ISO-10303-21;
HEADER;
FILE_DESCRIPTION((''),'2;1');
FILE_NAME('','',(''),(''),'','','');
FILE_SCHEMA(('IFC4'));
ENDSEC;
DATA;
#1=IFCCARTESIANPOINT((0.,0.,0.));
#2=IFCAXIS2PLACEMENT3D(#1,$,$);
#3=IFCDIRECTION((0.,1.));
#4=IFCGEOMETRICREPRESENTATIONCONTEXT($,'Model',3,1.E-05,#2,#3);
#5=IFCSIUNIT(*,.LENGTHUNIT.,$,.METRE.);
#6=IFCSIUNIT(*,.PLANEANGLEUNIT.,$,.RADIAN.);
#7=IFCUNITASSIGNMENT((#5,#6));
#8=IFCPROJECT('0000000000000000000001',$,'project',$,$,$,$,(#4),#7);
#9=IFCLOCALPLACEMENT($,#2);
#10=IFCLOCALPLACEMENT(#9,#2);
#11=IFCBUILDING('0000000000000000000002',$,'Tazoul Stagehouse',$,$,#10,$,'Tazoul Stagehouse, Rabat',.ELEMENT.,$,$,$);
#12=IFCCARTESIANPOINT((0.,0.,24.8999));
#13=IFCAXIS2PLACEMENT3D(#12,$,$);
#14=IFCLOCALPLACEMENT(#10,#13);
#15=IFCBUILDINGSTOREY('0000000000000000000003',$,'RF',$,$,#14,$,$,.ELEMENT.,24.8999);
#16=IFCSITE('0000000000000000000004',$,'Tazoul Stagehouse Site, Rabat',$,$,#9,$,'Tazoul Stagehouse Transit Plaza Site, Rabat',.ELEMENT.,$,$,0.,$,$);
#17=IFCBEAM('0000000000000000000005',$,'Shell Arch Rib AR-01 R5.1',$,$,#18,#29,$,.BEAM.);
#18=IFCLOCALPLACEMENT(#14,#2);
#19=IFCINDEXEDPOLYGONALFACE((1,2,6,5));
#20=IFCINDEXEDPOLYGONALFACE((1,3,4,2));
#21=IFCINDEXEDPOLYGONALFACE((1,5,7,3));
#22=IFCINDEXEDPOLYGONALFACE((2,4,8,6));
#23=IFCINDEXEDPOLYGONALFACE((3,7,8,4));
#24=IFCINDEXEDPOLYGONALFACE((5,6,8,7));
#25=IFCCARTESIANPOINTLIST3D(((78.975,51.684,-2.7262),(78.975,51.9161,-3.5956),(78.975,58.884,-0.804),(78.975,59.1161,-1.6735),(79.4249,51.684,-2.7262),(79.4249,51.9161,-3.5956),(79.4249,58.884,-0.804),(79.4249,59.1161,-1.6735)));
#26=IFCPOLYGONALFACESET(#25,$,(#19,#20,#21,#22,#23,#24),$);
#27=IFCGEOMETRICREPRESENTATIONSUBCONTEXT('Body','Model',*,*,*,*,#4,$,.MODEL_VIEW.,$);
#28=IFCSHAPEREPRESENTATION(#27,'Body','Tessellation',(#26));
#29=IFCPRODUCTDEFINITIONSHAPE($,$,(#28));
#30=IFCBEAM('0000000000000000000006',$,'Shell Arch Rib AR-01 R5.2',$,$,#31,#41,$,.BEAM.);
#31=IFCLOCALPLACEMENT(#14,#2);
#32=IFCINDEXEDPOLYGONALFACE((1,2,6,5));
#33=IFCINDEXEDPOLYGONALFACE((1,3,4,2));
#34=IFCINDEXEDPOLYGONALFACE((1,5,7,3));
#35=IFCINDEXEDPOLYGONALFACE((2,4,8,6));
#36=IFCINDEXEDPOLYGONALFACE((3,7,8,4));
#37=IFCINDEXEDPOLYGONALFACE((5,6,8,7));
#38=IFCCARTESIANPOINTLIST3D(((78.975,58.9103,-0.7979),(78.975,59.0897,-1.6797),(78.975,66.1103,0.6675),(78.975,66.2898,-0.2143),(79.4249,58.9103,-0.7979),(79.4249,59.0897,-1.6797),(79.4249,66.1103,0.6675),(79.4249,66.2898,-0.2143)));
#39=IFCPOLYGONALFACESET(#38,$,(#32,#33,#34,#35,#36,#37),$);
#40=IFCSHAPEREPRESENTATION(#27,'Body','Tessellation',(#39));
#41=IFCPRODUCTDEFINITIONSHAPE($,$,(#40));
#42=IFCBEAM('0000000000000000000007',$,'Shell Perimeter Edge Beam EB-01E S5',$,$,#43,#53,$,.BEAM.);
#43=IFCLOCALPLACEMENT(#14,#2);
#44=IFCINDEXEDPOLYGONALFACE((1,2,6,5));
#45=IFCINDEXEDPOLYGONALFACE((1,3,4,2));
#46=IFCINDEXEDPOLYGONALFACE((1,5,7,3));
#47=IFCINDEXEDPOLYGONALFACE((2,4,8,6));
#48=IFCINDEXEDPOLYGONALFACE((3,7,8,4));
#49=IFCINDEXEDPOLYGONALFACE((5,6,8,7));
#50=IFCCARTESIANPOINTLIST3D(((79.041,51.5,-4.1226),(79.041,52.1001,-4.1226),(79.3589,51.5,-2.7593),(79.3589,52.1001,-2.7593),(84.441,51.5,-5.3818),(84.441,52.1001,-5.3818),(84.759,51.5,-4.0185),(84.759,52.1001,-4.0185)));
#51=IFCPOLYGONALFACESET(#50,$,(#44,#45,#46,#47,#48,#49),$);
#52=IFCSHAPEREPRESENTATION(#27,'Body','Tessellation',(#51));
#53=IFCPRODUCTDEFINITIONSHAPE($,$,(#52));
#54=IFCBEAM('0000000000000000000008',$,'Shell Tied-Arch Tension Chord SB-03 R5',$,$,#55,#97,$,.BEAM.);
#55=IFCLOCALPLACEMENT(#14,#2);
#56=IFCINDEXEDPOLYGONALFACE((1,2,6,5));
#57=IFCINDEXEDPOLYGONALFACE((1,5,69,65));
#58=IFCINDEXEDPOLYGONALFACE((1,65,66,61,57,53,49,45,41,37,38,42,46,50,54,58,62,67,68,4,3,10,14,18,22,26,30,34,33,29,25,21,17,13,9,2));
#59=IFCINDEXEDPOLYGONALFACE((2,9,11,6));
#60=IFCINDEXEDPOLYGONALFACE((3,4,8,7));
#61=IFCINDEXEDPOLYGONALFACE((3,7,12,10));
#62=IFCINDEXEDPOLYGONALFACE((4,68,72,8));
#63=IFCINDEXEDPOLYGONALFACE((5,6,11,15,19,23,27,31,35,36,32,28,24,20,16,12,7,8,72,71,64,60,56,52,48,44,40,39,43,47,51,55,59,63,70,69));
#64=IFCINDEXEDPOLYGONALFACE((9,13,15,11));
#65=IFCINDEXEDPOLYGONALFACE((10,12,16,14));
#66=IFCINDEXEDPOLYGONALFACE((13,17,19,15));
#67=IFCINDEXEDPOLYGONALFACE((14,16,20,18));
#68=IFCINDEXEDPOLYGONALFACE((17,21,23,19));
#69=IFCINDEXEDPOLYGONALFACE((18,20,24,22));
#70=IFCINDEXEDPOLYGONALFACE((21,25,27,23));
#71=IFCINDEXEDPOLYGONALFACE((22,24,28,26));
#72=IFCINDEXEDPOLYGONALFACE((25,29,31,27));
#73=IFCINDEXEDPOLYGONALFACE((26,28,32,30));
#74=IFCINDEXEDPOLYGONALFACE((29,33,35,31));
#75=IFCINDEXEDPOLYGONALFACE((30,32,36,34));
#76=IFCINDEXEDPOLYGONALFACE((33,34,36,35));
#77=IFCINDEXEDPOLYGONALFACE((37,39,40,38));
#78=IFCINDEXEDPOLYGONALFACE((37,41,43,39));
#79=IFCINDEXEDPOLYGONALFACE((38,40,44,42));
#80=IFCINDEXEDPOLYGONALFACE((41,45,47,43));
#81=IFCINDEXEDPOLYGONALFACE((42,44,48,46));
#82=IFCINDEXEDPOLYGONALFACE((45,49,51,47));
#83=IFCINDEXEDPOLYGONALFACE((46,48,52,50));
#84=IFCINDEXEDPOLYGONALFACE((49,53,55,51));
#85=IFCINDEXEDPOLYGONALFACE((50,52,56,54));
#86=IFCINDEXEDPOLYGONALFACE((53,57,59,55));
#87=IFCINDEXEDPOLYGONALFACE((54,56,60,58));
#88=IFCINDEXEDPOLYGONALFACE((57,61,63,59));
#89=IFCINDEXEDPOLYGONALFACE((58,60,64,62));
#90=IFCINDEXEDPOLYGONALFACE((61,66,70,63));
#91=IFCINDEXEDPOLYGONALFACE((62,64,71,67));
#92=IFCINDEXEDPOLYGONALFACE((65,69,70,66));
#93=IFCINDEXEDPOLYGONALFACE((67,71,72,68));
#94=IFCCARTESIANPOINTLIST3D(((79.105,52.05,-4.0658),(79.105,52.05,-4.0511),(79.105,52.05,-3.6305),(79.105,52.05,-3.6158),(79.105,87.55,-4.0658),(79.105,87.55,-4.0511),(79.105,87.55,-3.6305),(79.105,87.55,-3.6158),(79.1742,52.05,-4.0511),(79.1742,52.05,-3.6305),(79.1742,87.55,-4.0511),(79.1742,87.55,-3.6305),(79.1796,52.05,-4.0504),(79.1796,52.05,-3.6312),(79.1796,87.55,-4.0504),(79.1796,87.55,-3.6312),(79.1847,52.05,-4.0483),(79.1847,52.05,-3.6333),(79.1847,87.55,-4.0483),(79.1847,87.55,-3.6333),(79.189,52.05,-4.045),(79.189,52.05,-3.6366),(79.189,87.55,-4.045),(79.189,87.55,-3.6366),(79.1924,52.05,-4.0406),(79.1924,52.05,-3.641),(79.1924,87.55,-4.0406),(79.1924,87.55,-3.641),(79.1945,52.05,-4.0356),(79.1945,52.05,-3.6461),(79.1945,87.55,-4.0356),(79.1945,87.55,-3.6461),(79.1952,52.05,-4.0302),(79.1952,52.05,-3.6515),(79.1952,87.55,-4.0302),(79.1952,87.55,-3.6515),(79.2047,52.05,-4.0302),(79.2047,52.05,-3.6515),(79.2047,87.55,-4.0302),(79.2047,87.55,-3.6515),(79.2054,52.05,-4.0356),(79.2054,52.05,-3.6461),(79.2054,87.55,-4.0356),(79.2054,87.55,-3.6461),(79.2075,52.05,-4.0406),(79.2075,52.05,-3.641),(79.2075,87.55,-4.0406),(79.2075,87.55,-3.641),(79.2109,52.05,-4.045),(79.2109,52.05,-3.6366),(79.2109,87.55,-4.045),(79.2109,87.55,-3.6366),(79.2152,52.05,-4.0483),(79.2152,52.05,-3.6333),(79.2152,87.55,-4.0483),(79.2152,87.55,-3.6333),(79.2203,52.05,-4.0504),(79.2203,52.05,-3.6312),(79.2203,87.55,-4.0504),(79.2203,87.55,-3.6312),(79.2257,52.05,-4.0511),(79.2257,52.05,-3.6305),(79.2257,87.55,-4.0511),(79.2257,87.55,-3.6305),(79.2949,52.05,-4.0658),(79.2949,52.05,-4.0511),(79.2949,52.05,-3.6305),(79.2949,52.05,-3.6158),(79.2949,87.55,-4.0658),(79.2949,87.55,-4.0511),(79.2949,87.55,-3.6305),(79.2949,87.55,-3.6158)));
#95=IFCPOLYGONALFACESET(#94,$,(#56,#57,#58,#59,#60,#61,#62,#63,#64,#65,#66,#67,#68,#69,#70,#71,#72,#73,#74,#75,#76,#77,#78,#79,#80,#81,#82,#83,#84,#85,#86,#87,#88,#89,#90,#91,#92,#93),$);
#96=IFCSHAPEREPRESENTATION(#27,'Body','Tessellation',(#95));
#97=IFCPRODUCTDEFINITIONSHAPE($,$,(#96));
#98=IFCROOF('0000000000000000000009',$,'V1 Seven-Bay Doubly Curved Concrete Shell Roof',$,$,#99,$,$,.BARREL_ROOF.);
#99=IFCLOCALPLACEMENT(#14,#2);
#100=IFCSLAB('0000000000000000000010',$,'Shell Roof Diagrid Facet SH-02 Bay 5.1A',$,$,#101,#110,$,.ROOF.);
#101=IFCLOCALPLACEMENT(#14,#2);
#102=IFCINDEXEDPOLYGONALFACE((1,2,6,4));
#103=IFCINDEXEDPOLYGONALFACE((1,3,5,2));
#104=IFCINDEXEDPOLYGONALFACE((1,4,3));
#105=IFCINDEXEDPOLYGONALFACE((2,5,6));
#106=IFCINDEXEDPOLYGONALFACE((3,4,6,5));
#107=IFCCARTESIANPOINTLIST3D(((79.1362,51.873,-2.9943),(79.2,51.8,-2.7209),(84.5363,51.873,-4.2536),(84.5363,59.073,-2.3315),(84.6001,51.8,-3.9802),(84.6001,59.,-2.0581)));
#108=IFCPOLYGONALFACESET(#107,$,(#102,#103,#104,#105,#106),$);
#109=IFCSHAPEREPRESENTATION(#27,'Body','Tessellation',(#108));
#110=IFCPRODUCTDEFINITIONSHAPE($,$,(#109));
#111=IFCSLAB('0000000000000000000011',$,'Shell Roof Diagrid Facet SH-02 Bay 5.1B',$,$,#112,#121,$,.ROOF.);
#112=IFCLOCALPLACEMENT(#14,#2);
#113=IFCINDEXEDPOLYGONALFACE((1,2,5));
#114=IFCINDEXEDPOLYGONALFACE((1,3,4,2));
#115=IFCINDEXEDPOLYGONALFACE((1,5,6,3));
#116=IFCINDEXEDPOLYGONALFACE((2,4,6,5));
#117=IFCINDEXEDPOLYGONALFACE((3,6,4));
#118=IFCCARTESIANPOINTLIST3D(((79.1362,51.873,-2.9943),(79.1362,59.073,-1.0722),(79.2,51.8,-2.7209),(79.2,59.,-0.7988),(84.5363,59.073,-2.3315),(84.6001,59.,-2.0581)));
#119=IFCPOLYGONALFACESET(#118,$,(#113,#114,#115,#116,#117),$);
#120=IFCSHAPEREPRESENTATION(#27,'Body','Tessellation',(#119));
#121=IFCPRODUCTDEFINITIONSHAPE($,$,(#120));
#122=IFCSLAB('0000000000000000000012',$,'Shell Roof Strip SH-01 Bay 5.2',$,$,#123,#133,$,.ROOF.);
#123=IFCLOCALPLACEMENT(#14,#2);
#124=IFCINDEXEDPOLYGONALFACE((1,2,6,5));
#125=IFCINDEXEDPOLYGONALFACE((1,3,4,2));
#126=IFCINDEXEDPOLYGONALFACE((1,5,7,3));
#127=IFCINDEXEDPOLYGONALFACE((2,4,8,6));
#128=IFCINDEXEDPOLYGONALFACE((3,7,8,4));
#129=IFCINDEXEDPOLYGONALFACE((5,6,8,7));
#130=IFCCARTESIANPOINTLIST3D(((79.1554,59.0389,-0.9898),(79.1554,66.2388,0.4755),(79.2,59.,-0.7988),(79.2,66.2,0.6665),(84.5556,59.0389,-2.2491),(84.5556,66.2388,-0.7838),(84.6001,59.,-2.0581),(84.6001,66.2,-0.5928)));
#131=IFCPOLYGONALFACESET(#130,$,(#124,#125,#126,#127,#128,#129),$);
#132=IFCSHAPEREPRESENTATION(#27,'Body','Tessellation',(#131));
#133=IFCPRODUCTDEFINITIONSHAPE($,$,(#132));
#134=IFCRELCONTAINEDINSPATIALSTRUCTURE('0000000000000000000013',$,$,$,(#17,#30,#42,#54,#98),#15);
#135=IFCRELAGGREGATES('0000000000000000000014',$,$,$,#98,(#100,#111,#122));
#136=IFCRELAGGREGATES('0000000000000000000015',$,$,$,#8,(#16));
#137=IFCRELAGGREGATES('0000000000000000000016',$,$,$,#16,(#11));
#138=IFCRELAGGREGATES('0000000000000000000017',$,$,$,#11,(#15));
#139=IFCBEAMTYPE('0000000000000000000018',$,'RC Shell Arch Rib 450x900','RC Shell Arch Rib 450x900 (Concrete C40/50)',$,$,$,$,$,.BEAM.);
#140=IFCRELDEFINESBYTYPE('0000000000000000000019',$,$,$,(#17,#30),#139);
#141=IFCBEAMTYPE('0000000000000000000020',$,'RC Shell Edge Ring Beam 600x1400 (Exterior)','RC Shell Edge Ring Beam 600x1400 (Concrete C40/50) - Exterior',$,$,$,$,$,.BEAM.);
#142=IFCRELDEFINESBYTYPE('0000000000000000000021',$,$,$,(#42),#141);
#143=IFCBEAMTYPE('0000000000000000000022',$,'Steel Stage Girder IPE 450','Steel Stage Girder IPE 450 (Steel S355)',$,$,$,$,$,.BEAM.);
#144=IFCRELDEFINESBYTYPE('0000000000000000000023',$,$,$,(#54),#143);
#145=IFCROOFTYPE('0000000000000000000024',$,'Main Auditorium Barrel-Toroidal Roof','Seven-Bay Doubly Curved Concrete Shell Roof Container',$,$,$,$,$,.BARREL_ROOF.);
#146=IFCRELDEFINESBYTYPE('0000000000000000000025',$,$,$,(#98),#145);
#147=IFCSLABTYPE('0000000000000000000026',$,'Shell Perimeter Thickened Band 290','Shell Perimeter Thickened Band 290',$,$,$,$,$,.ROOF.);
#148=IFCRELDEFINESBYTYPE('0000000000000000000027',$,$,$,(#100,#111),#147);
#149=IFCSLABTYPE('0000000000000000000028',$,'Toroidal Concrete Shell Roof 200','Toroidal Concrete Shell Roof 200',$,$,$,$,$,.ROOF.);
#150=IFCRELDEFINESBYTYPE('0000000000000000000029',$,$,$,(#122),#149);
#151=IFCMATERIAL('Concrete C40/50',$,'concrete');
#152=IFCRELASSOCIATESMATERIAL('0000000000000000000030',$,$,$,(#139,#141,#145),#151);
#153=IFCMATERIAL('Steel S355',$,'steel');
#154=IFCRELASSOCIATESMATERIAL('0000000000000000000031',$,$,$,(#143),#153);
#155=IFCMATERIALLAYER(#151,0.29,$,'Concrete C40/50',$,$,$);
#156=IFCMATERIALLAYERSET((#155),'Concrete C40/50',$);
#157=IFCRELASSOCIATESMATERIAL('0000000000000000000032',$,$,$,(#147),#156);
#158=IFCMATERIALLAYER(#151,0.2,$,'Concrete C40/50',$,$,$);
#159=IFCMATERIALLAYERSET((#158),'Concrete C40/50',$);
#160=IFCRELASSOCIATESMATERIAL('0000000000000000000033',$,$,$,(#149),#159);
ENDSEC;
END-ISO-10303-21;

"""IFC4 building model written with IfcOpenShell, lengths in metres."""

from ifc_helpers import new_model, si_unit, direction, frame, origin, origin_2d, place, context, subcontext, project, spatial, polyline, rectangle, i_section, outline, extrude, material, layer, layer_set, material_profile, profile_set, type_object, element, aggregate, save


model = new_model("IFC4")

# Units and contexts
model_context = context("Model", 3, precision=1e-05, world=origin(), true_north=direction((0.0, 1.0)))
body_context = subcontext(model_context, "Body", "Model", "MODEL_VIEW")
ifc_project = project(units=[si_unit("LENGTHUNIT", "METRE"), si_unit("PLANEANGLEUNIT", "RADIAN")], contexts=[model_context])

# Site, building, storey
site_placement = place(None, origin())
building_placement = place(site_placement, origin())
storey_placement = place(building_placement, frame((0.0, 0.0, 24.8999)))
site = spatial("IfcSite", under=ifc_project, at=site_placement, Name="Tazoul Stagehouse Site, Rabat", LongName="Tazoul Stagehouse Transit Plaza Site, Rabat", CompositionType="ELEMENT", RefElevation=0.0)
building = spatial("IfcBuilding", under=site, at=building_placement, Name="Tazoul Stagehouse", LongName="Tazoul Stagehouse, Rabat", CompositionType="ELEMENT")
storey = spatial("IfcBuildingStorey", under=building, at=storey_placement, Name="RF", CompositionType="ELEMENT", Elevation=24.8999)

# Beams
ifc_material_1 = material(Name="Concrete C40/50", Category="concrete")
ifc_material_profile_1 = material_profile(ifc_material_1, rectangle(XDim=0.45, YDim=0.8999, at=origin_2d()), Name="RC 450x900")
ifc_profile_set_1 = profile_set([ifc_material_profile_1], Name="Concrete C40/50")
beam_type_1 = type_object("IfcBeamType", Name="RC Shell Arch Rib 450x900", Description="RC Shell Arch Rib 450x900 (Concrete C40/50)", PredefinedType="BEAM", material=ifc_profile_set_1)
beam_1_placement = place(storey_placement, frame((79.2, 51.8, -3.1609), z_axis=(0.0, 0.966164, 0.25793), x_axis=(-1.0, 0.0, 0.0)))
element("IfcBeam", 1, at=beam_1_placement, inside=storey, type_object=beam_type_1, Name="Shell Arch Rib AR-01 R5.1", PredefinedType="BEAM", context=body_context, shape_type="SweptSolid", body=[
    extrude(rectangle(XDim=0.45, YDim=0.8999, at=origin_2d()), origin(), (0.0, 0.0, 1.0), 7.4521),
])
beam_2_placement = place(storey_placement, frame((79.2, 59.0, -1.2388), z_axis=(0.0, 0.979912, 0.199431), x_axis=(-1.0, 0.0, 0.0)))
element("IfcBeam", 2, at=beam_2_placement, inside=storey, type_object=beam_type_1, Name="Shell Arch Rib AR-01 R5.2", PredefinedType="BEAM", context=body_context, shape_type="SweptSolid", body=[
    extrude(rectangle(XDim=0.45, YDim=0.8999, at=origin_2d()), origin(), (0.0, 0.0, 1.0), 7.3477),
])
ifc_material_profile_2 = material_profile(ifc_material_1, rectangle(XDim=0.6001, YDim=1.3999, at=origin_2d()), Name="RC 600x1400")
ifc_profile_set_2 = profile_set([ifc_material_profile_2], Name="Concrete C40/50")
beam_type_2 = type_object("IfcBeamType", Name="RC Shell Edge Ring Beam 600x1400 (Exterior)", Description="RC Shell Edge Ring Beam 600x1400 (Concrete C40/50) - Exterior", PredefinedType="BEAM", material=ifc_profile_set_2)
beam_3_placement = place(storey_placement, frame((79.2, 51.8, -3.4409), z_axis=(0.973871, 0.0, -0.2271), x_axis=(0.0, 1.0, 0.0)))
element("IfcBeam", 3, at=beam_3_placement, inside=storey, type_object=beam_type_2, Name="Shell Perimeter Edge Beam EB-01E S5", PredefinedType="BEAM", context=body_context, shape_type="SweptSolid", body=[
    extrude(rectangle(XDim=0.6001, YDim=1.3999, at=origin_2d()), origin(), (0.0, 0.0, 1.0), 5.5449),
])
ifc_material_2 = material(Name="Steel S355", Category="steel")
ifc_material_profile_3 = material_profile(ifc_material_2, i_section(OverallWidth=0.1899, OverallDepth=0.45, WebThickness=0.0095, FlangeThickness=0.0146, FilletRadius=0.021, at=origin_2d()), Name="IPE 450")
ifc_profile_set_3 = profile_set([ifc_material_profile_3], Name="Steel S355")
beam_type_3 = type_object("IfcBeamType", Name="Steel Stage Girder IPE 450", Description="Steel Stage Girder IPE 450 (Steel S355)", PredefinedType="BEAM", material=ifc_profile_set_3)
beam_4_placement = place(storey_placement, frame((79.2, 52.05, -3.8408), z_axis=(0.0, 1.0, 0.0), x_axis=(-1.0, 0.0, 0.0)))
element("IfcBeam", 4, at=beam_4_placement, inside=storey, type_object=beam_type_3, Name="Shell Tied-Arch Tension Chord SB-03 R5", PredefinedType="BEAM", context=body_context, shape_type="SweptSolid", body=[
    extrude(i_section(OverallWidth=0.1899, OverallDepth=0.45, WebThickness=0.0095, FlangeThickness=0.0146, FilletRadius=0.021, at=origin_2d()), origin(), (0.0, 0.0, 1.0), 35.5),
])

# Roof, slabs
roof_type = type_object("IfcRoofType", Name="Main Auditorium Barrel-Toroidal Roof", Description="Seven-Bay Doubly Curved Concrete Shell Roof Container", PredefinedType="BARREL_ROOF", material=ifc_material_1)
roof_placement = place(storey_placement, origin())
roof = element("IfcRoof", 5, at=roof_placement, inside=storey, type_object=roof_type, Name="V1 Seven-Bay Doubly Curved Concrete Shell Roof", PredefinedType="BARREL_ROOF")
ifc_layer_1 = layer(ifc_material_1, 0.29, Name="Concrete C40/50")
ifc_layer_set_1 = layer_set([ifc_layer_1], Name="Concrete C40/50")
slab_type_1 = type_object("IfcSlabType", Name="Shell Perimeter Thickened Band 290", Description="Shell Perimeter Thickened Band 290", PredefinedType="ROOF", material=ifc_layer_set_1)
slab_1_placement = place(storey_placement, frame((79.2, 51.8, -2.7209), z_axis=(0.219793, -0.251622, 0.942538), x_axis=(0.973871, 0.0, -0.2271)))
slab_1 = element("IfcSlab", 6, at=slab_1_placement, type_object=slab_type_1, Name="Shell Roof Diagrid Facet SH-02 Bay 5.1A", PredefinedType="ROOF", context=body_context, shape_type="SweptSolid", body=[
    extrude(outline(polyline([(0.0, 0.0), (5.545, 0.0), (5.1085, 7.4393), (0.0, 0.0)])), origin(), (0.0, 0.0, -1.0), 0.29),
])
slab_2_placement = place(storey_placement, frame((79.2, 51.8, -2.7209), z_axis=(0.219793, -0.251622, 0.942538), x_axis=(0.598392, 0.797829, 0.07345)))
slab_2 = element("IfcSlab", 7, at=slab_2_placement, type_object=slab_type_1, Name="Shell Roof Diagrid Facet SH-02 Bay 5.1B", PredefinedType="ROOF", context=body_context, shape_type="SweptSolid", body=[
    extrude(outline(polyline([(0.0, 0.0), (9.0244, 0.0), (5.8855, 4.5711), (0.0, 0.0)])), origin(), (0.0, 0.0, -1.0), 0.29),
])

# Slab
ifc_layer_2 = layer(ifc_material_1, 0.2, Name="Concrete C40/50")
ifc_layer_set_2 = layer_set([ifc_layer_2], Name="Concrete C40/50")
slab_type_2 = type_object("IfcSlabType", Name="Toroidal Concrete Shell Roof 200", Description="Toroidal Concrete Shell Roof 200", PredefinedType="ROOF", material=ifc_layer_set_2)
slab_3_placement = place(storey_placement, frame((79.2, 59.0, -0.7988), z_axis=(0.222767, -0.19442, 0.955288), x_axis=(0.973871, 0.0, -0.2271)))
slab_3 = element("IfcSlab", 8, at=slab_3_placement, type_object=slab_type_2, Name="Shell Roof Strip SH-01 Bay 5.2", PredefinedType="ROOF", context=body_context, shape_type="SweptSolid", body=[
    extrude(outline(polyline([(0.0, 0.0), (5.545, 0.0), (5.2123, 7.34), (-0.3328, 7.34), (0.0, 0.0)])), origin(), (0.0, 0.0, -1.0), 0.2),
])
aggregate(roof, [slab_1, slab_2, slab_3])

save(model, "model.ifc")
